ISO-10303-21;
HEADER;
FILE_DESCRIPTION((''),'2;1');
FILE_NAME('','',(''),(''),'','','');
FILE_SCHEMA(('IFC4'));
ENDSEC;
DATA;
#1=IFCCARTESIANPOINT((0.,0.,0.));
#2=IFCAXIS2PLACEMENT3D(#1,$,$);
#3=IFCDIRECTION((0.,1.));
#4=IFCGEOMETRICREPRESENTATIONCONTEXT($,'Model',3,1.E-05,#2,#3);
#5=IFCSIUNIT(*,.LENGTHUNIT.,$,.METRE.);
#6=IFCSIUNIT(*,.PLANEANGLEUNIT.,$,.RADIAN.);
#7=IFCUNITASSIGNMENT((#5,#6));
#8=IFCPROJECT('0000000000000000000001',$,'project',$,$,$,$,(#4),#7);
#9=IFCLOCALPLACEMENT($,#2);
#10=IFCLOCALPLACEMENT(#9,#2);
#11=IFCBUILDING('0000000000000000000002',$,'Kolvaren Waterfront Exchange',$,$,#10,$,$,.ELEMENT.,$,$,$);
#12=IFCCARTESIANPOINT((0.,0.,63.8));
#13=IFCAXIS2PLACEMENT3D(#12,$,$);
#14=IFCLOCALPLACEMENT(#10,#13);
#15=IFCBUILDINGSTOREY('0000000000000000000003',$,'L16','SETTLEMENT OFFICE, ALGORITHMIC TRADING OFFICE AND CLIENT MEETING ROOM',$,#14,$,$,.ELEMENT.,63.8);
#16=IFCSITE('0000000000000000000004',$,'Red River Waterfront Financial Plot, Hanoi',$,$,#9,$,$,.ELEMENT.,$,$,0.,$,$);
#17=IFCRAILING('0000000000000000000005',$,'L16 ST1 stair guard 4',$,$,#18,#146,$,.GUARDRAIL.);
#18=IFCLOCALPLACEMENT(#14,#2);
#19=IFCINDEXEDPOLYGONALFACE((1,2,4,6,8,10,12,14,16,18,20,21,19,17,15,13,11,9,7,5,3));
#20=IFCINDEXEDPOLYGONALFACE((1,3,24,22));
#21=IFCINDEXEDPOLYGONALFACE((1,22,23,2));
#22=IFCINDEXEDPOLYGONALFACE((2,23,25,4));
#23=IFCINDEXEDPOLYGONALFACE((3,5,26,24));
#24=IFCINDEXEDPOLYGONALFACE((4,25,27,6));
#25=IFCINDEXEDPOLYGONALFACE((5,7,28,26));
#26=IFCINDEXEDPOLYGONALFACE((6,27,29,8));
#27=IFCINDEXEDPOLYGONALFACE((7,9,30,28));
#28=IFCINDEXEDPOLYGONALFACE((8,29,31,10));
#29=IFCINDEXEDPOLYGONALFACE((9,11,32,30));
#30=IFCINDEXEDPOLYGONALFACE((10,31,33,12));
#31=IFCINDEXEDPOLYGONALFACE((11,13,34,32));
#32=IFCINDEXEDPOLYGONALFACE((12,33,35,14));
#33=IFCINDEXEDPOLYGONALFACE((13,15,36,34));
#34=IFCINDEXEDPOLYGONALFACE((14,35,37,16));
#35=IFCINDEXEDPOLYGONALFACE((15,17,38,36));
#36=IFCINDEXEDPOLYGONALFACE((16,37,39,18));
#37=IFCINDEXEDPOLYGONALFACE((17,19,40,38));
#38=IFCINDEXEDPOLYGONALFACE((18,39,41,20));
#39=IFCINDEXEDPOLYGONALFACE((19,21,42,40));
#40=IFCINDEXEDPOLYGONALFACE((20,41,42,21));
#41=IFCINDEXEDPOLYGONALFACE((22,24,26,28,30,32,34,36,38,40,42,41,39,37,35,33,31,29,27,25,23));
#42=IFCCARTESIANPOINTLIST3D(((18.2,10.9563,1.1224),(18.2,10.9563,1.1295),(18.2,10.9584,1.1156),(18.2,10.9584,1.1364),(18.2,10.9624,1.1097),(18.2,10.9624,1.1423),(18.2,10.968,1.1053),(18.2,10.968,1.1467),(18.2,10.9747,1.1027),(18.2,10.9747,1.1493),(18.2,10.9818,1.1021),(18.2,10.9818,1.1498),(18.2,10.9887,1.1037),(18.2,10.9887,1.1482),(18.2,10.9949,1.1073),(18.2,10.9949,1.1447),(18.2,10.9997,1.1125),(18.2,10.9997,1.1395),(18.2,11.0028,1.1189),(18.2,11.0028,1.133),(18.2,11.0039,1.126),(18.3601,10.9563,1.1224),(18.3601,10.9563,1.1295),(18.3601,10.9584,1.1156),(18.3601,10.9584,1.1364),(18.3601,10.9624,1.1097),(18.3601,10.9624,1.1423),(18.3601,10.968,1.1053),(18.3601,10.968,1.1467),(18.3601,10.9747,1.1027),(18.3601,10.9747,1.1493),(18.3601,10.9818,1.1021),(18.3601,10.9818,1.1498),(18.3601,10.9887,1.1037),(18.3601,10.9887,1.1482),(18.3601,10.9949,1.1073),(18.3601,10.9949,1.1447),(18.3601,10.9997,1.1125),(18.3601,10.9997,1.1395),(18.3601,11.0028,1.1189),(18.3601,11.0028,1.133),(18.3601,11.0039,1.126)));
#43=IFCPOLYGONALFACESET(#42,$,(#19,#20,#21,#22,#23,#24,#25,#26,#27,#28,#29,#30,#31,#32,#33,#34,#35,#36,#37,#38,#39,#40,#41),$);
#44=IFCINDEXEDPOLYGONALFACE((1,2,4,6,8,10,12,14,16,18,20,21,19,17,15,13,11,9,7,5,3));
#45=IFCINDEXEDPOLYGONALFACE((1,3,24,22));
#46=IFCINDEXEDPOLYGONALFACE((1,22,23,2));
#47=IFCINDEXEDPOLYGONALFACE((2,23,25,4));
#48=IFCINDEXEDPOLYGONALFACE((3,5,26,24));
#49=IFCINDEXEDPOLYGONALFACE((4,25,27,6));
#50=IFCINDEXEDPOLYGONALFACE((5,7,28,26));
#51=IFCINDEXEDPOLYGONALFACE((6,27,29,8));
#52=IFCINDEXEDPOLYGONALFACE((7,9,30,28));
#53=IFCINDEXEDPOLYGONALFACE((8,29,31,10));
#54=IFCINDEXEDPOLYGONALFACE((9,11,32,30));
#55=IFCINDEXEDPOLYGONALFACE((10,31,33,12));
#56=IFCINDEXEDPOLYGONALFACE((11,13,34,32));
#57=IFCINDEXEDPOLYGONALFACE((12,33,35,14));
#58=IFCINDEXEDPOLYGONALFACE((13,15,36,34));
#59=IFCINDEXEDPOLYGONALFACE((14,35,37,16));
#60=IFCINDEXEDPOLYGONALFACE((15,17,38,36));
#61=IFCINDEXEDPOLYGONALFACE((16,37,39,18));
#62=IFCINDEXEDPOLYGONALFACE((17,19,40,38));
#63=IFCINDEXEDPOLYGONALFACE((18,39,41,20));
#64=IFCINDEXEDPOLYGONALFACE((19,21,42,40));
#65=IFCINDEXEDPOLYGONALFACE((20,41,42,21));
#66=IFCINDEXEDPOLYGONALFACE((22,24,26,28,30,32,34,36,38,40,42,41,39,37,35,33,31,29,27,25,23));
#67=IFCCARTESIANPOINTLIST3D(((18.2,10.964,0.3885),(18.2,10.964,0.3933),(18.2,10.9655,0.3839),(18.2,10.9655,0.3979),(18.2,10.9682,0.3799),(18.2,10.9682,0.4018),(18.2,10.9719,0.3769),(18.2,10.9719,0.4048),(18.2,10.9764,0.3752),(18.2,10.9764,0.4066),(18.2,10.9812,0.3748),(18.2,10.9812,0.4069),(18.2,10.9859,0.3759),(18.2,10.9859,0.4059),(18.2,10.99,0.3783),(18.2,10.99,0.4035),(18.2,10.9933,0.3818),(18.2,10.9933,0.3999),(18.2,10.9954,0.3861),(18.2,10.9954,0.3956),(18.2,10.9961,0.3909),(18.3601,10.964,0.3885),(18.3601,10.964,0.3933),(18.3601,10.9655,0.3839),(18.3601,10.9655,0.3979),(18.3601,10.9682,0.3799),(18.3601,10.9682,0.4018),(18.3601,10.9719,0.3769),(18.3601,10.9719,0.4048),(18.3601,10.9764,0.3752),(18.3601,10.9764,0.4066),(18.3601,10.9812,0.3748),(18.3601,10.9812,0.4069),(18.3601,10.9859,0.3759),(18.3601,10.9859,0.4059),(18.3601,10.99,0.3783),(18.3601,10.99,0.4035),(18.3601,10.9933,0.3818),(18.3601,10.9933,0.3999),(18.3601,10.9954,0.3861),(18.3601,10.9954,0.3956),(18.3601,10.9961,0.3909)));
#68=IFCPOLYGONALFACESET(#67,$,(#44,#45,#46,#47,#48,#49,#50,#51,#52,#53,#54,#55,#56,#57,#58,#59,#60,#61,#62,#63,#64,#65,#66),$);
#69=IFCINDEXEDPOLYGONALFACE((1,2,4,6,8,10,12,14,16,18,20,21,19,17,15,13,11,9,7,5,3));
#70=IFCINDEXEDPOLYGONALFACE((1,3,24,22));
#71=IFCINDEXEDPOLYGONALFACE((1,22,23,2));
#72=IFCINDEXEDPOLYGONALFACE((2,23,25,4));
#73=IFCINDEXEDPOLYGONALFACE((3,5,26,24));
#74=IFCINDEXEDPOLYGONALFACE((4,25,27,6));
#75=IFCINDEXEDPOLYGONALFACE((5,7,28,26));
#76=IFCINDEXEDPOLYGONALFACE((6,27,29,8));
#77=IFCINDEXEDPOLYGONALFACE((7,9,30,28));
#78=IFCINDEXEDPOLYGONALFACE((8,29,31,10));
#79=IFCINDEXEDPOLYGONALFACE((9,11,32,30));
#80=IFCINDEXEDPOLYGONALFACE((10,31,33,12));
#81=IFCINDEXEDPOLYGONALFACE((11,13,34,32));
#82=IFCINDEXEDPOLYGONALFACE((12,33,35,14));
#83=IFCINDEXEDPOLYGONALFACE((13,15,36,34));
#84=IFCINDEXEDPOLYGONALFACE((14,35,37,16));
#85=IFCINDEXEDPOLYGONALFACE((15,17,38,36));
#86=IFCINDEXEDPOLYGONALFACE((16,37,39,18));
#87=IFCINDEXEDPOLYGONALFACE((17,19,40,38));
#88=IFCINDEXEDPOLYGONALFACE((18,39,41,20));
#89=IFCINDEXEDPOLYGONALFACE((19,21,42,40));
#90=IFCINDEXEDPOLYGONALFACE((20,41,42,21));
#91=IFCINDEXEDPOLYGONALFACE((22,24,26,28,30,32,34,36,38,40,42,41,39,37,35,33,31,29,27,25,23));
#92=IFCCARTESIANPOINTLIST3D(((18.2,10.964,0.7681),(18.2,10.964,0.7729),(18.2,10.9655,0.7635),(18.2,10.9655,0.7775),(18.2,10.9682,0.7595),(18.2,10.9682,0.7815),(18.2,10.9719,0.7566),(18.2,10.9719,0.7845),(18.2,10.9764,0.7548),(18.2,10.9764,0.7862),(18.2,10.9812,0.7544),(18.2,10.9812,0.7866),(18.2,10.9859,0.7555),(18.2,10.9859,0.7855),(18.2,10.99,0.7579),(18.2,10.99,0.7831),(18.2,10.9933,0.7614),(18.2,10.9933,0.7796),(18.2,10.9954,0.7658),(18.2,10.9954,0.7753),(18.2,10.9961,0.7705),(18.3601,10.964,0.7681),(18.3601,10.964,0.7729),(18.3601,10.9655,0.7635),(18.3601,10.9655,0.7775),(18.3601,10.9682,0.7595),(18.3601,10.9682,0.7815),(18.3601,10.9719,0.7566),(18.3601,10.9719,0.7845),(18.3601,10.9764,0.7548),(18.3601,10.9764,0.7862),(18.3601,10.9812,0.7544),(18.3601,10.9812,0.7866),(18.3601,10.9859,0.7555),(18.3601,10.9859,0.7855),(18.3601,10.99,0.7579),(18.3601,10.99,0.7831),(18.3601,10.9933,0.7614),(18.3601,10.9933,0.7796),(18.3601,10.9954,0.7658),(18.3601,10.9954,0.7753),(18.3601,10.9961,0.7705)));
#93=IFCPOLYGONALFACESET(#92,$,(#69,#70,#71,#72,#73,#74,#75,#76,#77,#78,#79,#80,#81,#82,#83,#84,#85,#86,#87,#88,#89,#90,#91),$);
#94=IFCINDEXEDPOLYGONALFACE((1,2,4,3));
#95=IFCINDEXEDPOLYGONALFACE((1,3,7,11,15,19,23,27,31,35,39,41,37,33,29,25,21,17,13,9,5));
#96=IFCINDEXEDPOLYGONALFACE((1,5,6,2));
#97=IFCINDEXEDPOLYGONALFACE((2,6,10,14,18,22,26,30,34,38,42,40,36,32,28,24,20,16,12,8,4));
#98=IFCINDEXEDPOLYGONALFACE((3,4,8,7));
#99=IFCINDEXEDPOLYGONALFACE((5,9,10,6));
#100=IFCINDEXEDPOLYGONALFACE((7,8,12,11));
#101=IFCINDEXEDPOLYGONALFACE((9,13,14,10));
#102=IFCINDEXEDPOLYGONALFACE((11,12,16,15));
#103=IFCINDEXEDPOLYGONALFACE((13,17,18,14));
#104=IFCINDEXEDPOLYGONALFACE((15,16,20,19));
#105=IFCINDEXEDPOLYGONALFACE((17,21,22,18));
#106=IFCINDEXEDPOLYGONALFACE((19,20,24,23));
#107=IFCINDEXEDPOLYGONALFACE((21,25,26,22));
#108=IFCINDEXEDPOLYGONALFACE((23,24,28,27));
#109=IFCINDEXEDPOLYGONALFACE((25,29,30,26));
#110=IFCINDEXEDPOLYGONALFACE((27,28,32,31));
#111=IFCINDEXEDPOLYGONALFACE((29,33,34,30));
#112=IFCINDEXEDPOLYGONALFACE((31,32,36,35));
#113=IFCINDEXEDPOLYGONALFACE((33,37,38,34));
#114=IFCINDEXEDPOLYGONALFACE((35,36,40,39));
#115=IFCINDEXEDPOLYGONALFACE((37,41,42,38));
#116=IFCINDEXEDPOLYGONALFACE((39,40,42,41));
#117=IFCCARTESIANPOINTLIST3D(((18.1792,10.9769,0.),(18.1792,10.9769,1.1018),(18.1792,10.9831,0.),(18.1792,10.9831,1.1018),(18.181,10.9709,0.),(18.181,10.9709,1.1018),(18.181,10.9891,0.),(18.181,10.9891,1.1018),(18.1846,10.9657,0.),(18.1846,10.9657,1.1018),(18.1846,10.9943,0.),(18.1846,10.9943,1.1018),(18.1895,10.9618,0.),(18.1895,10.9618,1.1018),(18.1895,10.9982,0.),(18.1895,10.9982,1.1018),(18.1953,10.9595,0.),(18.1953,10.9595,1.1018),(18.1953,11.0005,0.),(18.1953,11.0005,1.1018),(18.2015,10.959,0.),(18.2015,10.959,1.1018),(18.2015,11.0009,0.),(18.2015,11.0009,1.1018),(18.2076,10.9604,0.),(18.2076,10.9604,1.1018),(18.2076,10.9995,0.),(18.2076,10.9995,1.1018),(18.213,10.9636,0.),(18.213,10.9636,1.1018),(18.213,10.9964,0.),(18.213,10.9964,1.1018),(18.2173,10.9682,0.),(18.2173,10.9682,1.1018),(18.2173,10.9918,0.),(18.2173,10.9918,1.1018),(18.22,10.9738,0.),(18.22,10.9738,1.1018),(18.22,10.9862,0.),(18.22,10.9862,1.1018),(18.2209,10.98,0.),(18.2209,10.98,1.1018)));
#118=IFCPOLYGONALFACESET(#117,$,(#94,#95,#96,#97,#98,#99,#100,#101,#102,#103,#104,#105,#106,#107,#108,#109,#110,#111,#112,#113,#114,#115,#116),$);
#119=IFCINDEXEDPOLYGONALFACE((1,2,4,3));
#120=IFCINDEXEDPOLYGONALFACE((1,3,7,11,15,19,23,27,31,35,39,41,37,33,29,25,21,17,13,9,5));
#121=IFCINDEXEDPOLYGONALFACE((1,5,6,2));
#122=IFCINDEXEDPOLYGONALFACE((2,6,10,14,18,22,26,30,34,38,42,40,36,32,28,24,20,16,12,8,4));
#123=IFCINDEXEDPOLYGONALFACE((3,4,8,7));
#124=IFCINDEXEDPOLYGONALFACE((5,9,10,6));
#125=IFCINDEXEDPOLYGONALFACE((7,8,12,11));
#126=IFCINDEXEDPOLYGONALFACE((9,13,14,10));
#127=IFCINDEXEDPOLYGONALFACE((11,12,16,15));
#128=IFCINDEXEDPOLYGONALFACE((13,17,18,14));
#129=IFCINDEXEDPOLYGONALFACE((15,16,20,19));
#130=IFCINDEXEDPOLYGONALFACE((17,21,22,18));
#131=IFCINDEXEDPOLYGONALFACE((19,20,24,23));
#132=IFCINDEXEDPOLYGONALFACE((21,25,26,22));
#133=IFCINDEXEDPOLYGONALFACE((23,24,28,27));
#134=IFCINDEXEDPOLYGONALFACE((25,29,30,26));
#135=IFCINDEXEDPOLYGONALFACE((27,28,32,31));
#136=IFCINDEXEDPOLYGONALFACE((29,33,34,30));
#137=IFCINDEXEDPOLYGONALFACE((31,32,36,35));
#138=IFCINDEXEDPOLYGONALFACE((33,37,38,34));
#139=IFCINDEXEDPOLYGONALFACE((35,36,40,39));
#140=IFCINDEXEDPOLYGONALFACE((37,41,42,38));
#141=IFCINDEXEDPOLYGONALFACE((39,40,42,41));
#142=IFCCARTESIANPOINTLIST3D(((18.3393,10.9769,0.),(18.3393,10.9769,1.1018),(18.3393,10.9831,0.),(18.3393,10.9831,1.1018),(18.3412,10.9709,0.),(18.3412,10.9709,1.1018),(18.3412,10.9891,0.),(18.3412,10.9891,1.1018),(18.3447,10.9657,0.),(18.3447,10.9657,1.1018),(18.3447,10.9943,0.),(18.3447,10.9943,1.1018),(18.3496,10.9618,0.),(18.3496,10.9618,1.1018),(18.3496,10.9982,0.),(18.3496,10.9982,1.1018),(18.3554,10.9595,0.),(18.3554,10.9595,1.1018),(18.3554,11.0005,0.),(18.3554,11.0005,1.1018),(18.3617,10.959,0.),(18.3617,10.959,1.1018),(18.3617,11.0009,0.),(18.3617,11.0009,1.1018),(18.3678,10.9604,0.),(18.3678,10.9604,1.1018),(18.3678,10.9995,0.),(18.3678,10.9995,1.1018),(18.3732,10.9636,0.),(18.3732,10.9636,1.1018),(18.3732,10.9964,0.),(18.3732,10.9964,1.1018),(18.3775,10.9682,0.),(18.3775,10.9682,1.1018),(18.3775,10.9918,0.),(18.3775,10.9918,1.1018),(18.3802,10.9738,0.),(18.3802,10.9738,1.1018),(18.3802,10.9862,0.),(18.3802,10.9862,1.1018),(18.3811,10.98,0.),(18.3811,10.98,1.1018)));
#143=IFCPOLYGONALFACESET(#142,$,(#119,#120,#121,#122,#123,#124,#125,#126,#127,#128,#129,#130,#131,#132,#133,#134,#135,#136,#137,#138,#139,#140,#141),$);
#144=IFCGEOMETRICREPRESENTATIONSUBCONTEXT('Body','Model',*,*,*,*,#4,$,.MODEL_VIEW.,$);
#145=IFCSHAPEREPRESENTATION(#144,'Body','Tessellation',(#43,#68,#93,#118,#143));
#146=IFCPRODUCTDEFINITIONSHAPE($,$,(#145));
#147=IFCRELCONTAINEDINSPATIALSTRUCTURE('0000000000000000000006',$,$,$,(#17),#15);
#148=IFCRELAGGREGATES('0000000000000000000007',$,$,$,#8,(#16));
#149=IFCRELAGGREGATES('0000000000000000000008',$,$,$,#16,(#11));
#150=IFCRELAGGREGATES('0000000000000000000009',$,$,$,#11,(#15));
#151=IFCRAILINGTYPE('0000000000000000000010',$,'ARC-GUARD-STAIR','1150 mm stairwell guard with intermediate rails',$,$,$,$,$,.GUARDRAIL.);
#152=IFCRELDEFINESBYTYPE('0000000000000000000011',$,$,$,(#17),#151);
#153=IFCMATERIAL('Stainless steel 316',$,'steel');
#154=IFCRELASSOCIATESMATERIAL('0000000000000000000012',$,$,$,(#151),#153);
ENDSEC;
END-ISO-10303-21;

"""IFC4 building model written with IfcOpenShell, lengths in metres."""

from ifc_helpers import new_model, si_unit, direction, frame, origin, origin_2d, place, context, subcontext, project, spatial, circle, extrude, material, type_object, element, save


model = new_model("IFC4")

# Units and contexts
model_context = context("Model", 3, precision=1e-05, world=origin(), true_north=direction((0.0, 1.0)))
body_context = subcontext(model_context, "Body", "Model", "MODEL_VIEW")
ifc_project = project(units=[si_unit("LENGTHUNIT", "METRE"), si_unit("PLANEANGLEUNIT", "RADIAN")], contexts=[model_context])

# Site, building, storey
site_placement = place(None, origin())
site = spatial("IfcSite", under=ifc_project, at=site_placement, Name="Red River Waterfront Financial Plot, Hanoi", CompositionType="ELEMENT", RefElevation=0.0)
building_placement = place(site_placement, origin())
building = spatial("IfcBuilding", under=site, at=building_placement, Name="Kolvaren Waterfront Exchange", CompositionType="ELEMENT")
storey_placement = place(building_placement, frame((0.0, 0.0, 63.8)))
storey = spatial("IfcBuildingStorey", under=building, at=storey_placement, Name="L16", Description="SETTLEMENT OFFICE, ALGORITHMIC TRADING OFFICE AND CLIENT MEETING ROOM", CompositionType="ELEMENT", Elevation=63.8)

# Railing
ifc_material_1 = material(Name="Stainless steel 316", Category="steel")
railing_type_1 = type_object("IfcRailingType", Name="ARC-GUARD-STAIR", Description="1150 mm stairwell guard with intermediate rails", PredefinedType="GUARDRAIL", material=ifc_material_1)
railing_1_placement = place(storey_placement, frame((18.2, 10.98, 0.0)))
element("IfcRailing", 1, at=railing_1_placement, inside=storey, type_object=railing_type_1, Name="L16 ST1 stair guard 4", PredefinedType="GUARDRAIL", context=body_context, shape_type="SweptSolid", body=[
    extrude(circle(Radius=0.0239, at=origin_2d()), frame((0.0, 0.0, 1.126), z_axis=(1.0, 0.0, 0.0), x_axis=(0.0, 1.0, 0.0)), (0.0, 0.0, 1.0), 0.1602),
    extrude(circle(Radius=0.0161, at=origin_2d()), frame((0.0, 0.0, 0.3909), z_axis=(1.0, 0.0, 0.0), x_axis=(0.0, 1.0, 0.0)), (0.0, 0.0, 1.0), 0.1602),
    extrude(circle(Radius=0.0161, at=origin_2d()), frame((0.0, 0.0, 0.7705), z_axis=(1.0, 0.0, 0.0), x_axis=(0.0, 1.0, 0.0)), (0.0, 0.0, 1.0), 0.1602),
    extrude(circle(Radius=0.021, at=origin_2d()), origin(), (0.0, 0.0, 1.0), 1.1018),
    extrude(circle(Radius=0.021, at=origin_2d()), frame((0.1602, 0.0, 0.0)), (0.0, 0.0, 1.0), 1.1018),
])

save(model, "model.ifc")
